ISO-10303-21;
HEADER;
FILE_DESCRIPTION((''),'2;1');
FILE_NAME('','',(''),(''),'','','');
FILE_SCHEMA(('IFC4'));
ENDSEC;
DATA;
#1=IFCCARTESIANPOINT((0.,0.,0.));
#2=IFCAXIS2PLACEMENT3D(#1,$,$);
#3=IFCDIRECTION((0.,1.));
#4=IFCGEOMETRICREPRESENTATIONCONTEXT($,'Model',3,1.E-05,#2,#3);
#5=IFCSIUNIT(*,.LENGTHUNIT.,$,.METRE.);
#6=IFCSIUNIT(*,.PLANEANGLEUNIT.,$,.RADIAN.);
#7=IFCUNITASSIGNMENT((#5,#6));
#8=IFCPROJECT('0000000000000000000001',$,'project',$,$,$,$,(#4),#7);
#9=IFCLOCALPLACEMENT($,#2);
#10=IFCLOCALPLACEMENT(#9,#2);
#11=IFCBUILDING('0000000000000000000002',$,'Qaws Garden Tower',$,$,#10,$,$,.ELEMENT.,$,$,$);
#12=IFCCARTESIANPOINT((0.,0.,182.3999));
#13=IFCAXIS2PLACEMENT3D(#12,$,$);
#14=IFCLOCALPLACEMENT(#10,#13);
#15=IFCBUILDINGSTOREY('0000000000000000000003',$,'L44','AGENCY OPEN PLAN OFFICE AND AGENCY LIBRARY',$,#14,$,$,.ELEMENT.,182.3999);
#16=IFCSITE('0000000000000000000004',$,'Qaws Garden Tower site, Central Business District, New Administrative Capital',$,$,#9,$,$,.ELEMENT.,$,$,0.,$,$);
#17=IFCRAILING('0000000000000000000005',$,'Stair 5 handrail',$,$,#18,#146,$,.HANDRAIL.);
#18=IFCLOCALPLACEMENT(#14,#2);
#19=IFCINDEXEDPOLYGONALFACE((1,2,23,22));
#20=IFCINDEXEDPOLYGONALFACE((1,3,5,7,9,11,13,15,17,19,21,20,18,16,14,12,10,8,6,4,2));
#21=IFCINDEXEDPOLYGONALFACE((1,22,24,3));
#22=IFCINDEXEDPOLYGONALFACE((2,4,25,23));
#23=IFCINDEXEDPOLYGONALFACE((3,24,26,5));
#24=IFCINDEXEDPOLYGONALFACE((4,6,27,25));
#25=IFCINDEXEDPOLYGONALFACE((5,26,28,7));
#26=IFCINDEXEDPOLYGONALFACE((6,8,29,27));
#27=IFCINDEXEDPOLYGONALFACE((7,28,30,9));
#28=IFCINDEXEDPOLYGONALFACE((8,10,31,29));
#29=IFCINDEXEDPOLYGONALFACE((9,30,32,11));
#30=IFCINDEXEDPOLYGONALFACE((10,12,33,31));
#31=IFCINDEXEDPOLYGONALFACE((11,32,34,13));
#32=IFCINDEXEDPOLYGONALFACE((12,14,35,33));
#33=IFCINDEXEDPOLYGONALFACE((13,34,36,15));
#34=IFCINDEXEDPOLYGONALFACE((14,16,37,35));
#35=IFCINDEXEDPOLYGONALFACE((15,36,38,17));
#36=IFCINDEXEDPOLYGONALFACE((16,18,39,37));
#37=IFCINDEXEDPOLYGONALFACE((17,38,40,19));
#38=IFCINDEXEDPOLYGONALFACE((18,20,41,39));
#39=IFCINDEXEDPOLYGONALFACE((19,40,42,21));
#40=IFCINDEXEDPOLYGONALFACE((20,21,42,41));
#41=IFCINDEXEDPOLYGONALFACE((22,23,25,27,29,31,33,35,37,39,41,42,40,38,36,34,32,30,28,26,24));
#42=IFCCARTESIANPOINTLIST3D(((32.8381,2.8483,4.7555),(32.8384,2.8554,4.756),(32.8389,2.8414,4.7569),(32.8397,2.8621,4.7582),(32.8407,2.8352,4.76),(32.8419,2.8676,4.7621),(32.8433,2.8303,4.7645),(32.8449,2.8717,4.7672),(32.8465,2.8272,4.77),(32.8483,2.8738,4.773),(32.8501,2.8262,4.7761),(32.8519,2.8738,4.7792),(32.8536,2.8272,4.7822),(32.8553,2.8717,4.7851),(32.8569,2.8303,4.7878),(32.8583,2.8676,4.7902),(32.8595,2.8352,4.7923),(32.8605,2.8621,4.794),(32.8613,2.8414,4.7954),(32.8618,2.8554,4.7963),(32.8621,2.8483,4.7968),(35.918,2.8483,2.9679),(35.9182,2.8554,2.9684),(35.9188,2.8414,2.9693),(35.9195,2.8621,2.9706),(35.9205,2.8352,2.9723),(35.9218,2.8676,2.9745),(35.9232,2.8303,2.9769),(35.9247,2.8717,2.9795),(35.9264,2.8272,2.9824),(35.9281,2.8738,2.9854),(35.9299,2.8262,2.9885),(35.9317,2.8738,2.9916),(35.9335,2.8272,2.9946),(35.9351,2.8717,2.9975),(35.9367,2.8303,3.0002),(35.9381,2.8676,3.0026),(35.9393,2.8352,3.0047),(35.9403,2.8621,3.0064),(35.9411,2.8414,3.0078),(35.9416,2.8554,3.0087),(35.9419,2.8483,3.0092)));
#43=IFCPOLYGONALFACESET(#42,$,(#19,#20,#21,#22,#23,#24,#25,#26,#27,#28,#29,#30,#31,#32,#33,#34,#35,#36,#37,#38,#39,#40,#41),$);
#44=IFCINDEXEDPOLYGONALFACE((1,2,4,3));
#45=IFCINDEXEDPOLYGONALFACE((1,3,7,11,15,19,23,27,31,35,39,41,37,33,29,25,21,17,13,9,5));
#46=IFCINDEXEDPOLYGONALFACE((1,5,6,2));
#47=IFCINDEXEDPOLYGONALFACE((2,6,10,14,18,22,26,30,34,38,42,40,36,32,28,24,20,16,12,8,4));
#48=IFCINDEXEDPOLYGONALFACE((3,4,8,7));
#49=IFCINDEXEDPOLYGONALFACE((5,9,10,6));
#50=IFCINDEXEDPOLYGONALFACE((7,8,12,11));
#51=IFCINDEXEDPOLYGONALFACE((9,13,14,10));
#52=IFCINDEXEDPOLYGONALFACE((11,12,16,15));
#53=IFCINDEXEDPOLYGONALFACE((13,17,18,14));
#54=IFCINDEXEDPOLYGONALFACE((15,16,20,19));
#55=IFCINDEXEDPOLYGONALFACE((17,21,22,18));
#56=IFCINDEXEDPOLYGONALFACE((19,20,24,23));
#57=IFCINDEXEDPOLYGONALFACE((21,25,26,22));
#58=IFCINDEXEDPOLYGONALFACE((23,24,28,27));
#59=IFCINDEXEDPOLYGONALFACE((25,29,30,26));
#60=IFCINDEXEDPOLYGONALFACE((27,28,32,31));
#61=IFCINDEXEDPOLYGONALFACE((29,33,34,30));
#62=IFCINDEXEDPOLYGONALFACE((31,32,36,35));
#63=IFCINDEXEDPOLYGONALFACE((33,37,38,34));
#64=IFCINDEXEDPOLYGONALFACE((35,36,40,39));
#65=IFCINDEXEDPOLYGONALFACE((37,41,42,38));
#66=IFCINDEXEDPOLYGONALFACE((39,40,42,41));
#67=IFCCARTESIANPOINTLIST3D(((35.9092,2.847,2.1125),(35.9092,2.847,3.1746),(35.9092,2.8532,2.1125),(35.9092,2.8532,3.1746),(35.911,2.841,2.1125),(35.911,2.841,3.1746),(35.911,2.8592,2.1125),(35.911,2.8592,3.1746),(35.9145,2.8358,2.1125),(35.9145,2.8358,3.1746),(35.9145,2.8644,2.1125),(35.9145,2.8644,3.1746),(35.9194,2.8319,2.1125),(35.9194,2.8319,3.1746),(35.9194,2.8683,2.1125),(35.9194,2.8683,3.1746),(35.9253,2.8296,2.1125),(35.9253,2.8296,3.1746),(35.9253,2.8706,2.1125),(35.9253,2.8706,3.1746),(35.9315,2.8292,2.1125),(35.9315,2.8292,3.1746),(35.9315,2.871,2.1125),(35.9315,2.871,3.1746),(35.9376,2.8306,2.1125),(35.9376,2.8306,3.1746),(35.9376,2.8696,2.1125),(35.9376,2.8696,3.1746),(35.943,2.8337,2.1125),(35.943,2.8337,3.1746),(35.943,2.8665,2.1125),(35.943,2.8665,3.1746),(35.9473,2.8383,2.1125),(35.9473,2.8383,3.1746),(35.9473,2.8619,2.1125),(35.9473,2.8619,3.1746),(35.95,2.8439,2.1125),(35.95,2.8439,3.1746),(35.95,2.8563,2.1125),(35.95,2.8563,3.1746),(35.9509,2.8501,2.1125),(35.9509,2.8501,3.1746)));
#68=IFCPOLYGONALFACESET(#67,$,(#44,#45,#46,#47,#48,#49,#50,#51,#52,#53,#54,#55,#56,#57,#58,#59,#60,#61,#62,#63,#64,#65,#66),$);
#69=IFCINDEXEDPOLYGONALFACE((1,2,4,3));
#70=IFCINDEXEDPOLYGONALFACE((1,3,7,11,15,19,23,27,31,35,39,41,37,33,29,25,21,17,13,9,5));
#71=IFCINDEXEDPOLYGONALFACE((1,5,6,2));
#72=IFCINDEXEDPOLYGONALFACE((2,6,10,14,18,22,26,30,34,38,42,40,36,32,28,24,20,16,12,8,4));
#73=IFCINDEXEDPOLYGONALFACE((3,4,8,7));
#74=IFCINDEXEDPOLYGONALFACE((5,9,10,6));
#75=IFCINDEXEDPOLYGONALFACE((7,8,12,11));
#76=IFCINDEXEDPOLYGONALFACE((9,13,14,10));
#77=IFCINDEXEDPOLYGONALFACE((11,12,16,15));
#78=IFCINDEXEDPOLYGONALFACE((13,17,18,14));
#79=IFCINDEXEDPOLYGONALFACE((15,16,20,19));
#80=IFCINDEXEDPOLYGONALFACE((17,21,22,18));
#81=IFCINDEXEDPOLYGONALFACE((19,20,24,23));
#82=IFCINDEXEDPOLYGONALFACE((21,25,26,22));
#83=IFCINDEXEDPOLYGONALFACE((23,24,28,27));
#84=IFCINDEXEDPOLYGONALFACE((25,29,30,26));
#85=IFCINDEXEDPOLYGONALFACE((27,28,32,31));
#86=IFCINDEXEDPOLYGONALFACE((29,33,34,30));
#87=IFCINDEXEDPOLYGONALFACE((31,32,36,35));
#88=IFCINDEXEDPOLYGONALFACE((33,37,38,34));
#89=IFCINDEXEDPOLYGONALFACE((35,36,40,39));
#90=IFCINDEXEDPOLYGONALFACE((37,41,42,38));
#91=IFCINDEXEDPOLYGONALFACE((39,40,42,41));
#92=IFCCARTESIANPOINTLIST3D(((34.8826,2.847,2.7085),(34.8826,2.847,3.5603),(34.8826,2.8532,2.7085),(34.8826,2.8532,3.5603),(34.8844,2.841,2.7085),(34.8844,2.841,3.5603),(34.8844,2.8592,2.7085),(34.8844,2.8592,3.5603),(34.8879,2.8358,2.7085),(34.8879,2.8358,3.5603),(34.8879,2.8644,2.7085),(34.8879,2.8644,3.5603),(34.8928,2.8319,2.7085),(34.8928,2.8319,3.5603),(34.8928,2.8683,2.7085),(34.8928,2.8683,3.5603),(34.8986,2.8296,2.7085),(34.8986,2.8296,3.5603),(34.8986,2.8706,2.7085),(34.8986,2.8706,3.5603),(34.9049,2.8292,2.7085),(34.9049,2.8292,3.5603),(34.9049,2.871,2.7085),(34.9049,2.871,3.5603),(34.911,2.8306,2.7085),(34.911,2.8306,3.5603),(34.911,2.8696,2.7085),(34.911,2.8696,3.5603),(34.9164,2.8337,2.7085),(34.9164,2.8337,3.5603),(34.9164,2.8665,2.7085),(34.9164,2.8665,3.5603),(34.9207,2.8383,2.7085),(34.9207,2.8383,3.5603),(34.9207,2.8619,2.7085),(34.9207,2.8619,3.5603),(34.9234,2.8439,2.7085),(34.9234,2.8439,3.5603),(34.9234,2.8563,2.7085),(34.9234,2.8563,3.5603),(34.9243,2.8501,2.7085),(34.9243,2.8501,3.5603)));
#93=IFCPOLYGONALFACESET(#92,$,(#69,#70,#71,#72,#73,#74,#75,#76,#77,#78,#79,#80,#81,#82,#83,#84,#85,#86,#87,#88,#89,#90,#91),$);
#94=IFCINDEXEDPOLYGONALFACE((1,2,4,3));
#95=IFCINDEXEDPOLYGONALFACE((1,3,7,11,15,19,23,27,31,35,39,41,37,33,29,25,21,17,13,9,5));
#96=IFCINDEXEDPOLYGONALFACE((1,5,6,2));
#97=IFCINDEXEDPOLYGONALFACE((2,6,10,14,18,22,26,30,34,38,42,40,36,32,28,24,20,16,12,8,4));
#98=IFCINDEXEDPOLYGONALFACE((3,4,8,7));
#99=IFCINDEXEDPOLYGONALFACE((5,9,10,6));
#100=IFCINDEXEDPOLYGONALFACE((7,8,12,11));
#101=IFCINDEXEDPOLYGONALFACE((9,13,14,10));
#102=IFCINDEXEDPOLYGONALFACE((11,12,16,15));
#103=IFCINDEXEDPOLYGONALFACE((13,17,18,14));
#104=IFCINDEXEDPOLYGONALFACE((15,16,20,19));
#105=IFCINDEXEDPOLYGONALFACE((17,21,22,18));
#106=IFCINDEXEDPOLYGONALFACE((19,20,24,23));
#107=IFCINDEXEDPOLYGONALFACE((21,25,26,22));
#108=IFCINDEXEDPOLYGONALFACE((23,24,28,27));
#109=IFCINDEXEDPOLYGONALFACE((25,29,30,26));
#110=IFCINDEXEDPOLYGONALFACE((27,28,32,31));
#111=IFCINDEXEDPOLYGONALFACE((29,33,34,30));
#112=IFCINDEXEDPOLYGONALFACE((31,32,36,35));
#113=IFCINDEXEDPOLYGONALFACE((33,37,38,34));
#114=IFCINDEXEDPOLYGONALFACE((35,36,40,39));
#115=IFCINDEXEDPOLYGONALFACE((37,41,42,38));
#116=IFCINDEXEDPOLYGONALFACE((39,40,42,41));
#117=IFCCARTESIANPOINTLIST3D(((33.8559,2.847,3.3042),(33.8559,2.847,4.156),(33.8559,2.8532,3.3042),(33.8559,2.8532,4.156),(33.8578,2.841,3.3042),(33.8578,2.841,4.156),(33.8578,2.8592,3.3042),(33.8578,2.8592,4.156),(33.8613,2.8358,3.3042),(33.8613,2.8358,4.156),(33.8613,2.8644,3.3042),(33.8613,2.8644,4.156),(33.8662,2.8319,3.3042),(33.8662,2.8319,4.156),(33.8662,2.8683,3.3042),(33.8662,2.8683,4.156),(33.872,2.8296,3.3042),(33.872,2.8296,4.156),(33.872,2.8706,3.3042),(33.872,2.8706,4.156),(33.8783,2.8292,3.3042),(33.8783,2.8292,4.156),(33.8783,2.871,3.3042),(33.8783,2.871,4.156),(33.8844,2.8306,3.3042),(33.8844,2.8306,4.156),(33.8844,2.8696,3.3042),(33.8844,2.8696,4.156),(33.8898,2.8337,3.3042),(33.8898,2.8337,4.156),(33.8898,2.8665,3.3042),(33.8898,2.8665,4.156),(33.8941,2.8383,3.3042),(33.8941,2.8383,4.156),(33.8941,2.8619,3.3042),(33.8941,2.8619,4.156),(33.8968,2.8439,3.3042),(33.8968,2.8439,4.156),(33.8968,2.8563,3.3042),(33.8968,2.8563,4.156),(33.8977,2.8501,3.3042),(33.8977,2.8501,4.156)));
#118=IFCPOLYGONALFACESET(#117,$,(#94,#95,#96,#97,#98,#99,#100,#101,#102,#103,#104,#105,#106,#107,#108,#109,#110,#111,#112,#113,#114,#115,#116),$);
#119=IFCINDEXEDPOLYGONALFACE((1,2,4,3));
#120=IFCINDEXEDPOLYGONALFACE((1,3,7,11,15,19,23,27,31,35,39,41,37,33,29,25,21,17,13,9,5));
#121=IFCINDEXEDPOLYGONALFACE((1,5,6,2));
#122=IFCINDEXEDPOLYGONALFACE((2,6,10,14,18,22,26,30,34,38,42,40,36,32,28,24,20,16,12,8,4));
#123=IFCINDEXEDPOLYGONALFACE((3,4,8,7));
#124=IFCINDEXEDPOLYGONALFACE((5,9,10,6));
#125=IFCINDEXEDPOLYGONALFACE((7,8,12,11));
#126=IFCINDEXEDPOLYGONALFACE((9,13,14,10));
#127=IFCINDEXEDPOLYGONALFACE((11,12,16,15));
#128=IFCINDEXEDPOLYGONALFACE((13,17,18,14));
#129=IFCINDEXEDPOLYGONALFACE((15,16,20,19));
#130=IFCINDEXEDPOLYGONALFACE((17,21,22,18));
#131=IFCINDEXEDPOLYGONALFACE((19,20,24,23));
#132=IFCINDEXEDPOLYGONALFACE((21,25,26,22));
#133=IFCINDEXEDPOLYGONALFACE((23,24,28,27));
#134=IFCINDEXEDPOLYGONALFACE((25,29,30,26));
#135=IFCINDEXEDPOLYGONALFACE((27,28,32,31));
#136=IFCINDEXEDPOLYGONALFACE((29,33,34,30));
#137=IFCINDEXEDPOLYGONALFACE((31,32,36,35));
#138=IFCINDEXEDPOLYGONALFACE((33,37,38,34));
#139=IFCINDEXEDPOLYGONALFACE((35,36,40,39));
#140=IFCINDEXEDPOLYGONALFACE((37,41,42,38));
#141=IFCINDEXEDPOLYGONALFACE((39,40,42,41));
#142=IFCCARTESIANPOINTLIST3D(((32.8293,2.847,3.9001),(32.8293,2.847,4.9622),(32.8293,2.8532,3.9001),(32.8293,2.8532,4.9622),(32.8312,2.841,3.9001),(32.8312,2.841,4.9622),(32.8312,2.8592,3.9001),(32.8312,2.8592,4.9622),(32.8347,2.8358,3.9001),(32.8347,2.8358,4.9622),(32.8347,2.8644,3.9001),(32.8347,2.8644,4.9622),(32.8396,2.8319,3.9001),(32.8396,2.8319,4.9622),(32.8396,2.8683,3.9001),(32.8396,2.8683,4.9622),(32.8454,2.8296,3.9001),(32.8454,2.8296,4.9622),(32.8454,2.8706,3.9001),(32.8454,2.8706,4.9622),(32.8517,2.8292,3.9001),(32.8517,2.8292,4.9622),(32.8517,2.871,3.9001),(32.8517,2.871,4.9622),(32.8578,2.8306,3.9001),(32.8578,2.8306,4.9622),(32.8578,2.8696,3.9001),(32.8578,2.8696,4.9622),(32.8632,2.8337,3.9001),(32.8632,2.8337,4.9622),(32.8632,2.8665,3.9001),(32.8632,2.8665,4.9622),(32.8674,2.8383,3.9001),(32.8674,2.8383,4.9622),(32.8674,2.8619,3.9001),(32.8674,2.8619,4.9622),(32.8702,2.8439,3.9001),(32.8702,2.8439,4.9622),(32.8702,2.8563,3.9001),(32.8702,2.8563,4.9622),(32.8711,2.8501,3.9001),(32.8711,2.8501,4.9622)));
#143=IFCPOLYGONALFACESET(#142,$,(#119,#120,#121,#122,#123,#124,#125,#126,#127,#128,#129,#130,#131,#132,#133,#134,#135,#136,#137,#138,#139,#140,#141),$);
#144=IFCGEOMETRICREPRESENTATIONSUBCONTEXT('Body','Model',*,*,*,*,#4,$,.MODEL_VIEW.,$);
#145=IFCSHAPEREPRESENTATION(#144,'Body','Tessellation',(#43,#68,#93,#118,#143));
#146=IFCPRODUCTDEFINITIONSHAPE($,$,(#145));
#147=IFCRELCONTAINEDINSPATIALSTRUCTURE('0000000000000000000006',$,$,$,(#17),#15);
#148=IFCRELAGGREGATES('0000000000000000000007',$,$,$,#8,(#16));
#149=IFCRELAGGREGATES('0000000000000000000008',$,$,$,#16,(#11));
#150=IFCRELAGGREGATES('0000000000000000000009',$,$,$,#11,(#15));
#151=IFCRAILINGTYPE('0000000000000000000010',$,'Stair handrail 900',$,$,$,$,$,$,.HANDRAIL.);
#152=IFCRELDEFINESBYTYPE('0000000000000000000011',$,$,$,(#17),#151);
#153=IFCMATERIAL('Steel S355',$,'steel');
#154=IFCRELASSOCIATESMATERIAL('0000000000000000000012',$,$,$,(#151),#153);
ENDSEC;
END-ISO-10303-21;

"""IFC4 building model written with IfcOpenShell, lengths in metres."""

from ifc_helpers import new_model, si_unit, direction, frame, origin, origin_2d, place, context, subcontext, project, spatial, circle, extrude, material, type_object, element, save


model = new_model("IFC4")

# Units and contexts
model_context = context("Model", 3, precision=1e-05, world=origin(), true_north=direction((0.0, 1.0)))
body_context = subcontext(model_context, "Body", "Model", "MODEL_VIEW")
ifc_project = project(units=[si_unit("LENGTHUNIT", "METRE"), si_unit("PLANEANGLEUNIT", "RADIAN")], contexts=[model_context])

# Site, building, storey
site_placement = place(None, origin())
site = spatial("IfcSite", under=ifc_project, at=site_placement, Name="Qaws Garden Tower site, Central Business District, New Administrative Capital", CompositionType="ELEMENT", RefElevation=0.0)
building_placement = place(site_placement, origin())
building = spatial("IfcBuilding", under=site, at=building_placement, Name="Qaws Garden Tower", CompositionType="ELEMENT")
storey_placement = place(building_placement, frame((0.0, 0.0, 182.3999)))
storey = spatial("IfcBuildingStorey", under=building, at=storey_placement, Name="L44", Description="AGENCY OPEN PLAN OFFICE AND AGENCY LIBRARY", CompositionType="ELEMENT", Elevation=182.3999)

# Railing
ifc_material_1 = material(Name="Steel S355", Category="steel")
railing_type = type_object("IfcRailingType", Name="Stair handrail 900", PredefinedType="HANDRAIL", material=ifc_material_1)
railing_placement = place(storey_placement, frame((35.9299, 2.8501, 2.1125)))
element("IfcRailing", 1, at=railing_placement, inside=storey, type_object=railing_type, Name="Stair 5 handrail", PredefinedType="HANDRAIL", context=body_context, shape_type="SweptSolid", body=[
    extrude(circle(Radius=0.0239, at=origin_2d()), frame((0.0, 0.0, 0.876), z_axis=(-0.864873, 0.0, 0.50199), x_axis=(0.0, -1.0, 0.0)), (0.0, 0.0, 1.0), 3.561),
    extrude(circle(Radius=0.021, at=origin_2d()), origin(), (0.0, 0.0, 1.0), 1.062),
    extrude(circle(Radius=0.021, at=origin_2d()), frame((-1.0266, 0.0, 0.5959)), (0.0, 0.0, 1.0), 0.8518),
    extrude(circle(Radius=0.021, at=origin_2d()), frame((-2.0532, 0.0, 1.1917)), (0.0, 0.0, 1.0), 0.8518),
    extrude(circle(Radius=0.021, at=origin_2d()), frame((-3.0798, 0.0, 1.7876)), (0.0, 0.0, 1.0), 1.062),
])

save(model, "model.ifc")
